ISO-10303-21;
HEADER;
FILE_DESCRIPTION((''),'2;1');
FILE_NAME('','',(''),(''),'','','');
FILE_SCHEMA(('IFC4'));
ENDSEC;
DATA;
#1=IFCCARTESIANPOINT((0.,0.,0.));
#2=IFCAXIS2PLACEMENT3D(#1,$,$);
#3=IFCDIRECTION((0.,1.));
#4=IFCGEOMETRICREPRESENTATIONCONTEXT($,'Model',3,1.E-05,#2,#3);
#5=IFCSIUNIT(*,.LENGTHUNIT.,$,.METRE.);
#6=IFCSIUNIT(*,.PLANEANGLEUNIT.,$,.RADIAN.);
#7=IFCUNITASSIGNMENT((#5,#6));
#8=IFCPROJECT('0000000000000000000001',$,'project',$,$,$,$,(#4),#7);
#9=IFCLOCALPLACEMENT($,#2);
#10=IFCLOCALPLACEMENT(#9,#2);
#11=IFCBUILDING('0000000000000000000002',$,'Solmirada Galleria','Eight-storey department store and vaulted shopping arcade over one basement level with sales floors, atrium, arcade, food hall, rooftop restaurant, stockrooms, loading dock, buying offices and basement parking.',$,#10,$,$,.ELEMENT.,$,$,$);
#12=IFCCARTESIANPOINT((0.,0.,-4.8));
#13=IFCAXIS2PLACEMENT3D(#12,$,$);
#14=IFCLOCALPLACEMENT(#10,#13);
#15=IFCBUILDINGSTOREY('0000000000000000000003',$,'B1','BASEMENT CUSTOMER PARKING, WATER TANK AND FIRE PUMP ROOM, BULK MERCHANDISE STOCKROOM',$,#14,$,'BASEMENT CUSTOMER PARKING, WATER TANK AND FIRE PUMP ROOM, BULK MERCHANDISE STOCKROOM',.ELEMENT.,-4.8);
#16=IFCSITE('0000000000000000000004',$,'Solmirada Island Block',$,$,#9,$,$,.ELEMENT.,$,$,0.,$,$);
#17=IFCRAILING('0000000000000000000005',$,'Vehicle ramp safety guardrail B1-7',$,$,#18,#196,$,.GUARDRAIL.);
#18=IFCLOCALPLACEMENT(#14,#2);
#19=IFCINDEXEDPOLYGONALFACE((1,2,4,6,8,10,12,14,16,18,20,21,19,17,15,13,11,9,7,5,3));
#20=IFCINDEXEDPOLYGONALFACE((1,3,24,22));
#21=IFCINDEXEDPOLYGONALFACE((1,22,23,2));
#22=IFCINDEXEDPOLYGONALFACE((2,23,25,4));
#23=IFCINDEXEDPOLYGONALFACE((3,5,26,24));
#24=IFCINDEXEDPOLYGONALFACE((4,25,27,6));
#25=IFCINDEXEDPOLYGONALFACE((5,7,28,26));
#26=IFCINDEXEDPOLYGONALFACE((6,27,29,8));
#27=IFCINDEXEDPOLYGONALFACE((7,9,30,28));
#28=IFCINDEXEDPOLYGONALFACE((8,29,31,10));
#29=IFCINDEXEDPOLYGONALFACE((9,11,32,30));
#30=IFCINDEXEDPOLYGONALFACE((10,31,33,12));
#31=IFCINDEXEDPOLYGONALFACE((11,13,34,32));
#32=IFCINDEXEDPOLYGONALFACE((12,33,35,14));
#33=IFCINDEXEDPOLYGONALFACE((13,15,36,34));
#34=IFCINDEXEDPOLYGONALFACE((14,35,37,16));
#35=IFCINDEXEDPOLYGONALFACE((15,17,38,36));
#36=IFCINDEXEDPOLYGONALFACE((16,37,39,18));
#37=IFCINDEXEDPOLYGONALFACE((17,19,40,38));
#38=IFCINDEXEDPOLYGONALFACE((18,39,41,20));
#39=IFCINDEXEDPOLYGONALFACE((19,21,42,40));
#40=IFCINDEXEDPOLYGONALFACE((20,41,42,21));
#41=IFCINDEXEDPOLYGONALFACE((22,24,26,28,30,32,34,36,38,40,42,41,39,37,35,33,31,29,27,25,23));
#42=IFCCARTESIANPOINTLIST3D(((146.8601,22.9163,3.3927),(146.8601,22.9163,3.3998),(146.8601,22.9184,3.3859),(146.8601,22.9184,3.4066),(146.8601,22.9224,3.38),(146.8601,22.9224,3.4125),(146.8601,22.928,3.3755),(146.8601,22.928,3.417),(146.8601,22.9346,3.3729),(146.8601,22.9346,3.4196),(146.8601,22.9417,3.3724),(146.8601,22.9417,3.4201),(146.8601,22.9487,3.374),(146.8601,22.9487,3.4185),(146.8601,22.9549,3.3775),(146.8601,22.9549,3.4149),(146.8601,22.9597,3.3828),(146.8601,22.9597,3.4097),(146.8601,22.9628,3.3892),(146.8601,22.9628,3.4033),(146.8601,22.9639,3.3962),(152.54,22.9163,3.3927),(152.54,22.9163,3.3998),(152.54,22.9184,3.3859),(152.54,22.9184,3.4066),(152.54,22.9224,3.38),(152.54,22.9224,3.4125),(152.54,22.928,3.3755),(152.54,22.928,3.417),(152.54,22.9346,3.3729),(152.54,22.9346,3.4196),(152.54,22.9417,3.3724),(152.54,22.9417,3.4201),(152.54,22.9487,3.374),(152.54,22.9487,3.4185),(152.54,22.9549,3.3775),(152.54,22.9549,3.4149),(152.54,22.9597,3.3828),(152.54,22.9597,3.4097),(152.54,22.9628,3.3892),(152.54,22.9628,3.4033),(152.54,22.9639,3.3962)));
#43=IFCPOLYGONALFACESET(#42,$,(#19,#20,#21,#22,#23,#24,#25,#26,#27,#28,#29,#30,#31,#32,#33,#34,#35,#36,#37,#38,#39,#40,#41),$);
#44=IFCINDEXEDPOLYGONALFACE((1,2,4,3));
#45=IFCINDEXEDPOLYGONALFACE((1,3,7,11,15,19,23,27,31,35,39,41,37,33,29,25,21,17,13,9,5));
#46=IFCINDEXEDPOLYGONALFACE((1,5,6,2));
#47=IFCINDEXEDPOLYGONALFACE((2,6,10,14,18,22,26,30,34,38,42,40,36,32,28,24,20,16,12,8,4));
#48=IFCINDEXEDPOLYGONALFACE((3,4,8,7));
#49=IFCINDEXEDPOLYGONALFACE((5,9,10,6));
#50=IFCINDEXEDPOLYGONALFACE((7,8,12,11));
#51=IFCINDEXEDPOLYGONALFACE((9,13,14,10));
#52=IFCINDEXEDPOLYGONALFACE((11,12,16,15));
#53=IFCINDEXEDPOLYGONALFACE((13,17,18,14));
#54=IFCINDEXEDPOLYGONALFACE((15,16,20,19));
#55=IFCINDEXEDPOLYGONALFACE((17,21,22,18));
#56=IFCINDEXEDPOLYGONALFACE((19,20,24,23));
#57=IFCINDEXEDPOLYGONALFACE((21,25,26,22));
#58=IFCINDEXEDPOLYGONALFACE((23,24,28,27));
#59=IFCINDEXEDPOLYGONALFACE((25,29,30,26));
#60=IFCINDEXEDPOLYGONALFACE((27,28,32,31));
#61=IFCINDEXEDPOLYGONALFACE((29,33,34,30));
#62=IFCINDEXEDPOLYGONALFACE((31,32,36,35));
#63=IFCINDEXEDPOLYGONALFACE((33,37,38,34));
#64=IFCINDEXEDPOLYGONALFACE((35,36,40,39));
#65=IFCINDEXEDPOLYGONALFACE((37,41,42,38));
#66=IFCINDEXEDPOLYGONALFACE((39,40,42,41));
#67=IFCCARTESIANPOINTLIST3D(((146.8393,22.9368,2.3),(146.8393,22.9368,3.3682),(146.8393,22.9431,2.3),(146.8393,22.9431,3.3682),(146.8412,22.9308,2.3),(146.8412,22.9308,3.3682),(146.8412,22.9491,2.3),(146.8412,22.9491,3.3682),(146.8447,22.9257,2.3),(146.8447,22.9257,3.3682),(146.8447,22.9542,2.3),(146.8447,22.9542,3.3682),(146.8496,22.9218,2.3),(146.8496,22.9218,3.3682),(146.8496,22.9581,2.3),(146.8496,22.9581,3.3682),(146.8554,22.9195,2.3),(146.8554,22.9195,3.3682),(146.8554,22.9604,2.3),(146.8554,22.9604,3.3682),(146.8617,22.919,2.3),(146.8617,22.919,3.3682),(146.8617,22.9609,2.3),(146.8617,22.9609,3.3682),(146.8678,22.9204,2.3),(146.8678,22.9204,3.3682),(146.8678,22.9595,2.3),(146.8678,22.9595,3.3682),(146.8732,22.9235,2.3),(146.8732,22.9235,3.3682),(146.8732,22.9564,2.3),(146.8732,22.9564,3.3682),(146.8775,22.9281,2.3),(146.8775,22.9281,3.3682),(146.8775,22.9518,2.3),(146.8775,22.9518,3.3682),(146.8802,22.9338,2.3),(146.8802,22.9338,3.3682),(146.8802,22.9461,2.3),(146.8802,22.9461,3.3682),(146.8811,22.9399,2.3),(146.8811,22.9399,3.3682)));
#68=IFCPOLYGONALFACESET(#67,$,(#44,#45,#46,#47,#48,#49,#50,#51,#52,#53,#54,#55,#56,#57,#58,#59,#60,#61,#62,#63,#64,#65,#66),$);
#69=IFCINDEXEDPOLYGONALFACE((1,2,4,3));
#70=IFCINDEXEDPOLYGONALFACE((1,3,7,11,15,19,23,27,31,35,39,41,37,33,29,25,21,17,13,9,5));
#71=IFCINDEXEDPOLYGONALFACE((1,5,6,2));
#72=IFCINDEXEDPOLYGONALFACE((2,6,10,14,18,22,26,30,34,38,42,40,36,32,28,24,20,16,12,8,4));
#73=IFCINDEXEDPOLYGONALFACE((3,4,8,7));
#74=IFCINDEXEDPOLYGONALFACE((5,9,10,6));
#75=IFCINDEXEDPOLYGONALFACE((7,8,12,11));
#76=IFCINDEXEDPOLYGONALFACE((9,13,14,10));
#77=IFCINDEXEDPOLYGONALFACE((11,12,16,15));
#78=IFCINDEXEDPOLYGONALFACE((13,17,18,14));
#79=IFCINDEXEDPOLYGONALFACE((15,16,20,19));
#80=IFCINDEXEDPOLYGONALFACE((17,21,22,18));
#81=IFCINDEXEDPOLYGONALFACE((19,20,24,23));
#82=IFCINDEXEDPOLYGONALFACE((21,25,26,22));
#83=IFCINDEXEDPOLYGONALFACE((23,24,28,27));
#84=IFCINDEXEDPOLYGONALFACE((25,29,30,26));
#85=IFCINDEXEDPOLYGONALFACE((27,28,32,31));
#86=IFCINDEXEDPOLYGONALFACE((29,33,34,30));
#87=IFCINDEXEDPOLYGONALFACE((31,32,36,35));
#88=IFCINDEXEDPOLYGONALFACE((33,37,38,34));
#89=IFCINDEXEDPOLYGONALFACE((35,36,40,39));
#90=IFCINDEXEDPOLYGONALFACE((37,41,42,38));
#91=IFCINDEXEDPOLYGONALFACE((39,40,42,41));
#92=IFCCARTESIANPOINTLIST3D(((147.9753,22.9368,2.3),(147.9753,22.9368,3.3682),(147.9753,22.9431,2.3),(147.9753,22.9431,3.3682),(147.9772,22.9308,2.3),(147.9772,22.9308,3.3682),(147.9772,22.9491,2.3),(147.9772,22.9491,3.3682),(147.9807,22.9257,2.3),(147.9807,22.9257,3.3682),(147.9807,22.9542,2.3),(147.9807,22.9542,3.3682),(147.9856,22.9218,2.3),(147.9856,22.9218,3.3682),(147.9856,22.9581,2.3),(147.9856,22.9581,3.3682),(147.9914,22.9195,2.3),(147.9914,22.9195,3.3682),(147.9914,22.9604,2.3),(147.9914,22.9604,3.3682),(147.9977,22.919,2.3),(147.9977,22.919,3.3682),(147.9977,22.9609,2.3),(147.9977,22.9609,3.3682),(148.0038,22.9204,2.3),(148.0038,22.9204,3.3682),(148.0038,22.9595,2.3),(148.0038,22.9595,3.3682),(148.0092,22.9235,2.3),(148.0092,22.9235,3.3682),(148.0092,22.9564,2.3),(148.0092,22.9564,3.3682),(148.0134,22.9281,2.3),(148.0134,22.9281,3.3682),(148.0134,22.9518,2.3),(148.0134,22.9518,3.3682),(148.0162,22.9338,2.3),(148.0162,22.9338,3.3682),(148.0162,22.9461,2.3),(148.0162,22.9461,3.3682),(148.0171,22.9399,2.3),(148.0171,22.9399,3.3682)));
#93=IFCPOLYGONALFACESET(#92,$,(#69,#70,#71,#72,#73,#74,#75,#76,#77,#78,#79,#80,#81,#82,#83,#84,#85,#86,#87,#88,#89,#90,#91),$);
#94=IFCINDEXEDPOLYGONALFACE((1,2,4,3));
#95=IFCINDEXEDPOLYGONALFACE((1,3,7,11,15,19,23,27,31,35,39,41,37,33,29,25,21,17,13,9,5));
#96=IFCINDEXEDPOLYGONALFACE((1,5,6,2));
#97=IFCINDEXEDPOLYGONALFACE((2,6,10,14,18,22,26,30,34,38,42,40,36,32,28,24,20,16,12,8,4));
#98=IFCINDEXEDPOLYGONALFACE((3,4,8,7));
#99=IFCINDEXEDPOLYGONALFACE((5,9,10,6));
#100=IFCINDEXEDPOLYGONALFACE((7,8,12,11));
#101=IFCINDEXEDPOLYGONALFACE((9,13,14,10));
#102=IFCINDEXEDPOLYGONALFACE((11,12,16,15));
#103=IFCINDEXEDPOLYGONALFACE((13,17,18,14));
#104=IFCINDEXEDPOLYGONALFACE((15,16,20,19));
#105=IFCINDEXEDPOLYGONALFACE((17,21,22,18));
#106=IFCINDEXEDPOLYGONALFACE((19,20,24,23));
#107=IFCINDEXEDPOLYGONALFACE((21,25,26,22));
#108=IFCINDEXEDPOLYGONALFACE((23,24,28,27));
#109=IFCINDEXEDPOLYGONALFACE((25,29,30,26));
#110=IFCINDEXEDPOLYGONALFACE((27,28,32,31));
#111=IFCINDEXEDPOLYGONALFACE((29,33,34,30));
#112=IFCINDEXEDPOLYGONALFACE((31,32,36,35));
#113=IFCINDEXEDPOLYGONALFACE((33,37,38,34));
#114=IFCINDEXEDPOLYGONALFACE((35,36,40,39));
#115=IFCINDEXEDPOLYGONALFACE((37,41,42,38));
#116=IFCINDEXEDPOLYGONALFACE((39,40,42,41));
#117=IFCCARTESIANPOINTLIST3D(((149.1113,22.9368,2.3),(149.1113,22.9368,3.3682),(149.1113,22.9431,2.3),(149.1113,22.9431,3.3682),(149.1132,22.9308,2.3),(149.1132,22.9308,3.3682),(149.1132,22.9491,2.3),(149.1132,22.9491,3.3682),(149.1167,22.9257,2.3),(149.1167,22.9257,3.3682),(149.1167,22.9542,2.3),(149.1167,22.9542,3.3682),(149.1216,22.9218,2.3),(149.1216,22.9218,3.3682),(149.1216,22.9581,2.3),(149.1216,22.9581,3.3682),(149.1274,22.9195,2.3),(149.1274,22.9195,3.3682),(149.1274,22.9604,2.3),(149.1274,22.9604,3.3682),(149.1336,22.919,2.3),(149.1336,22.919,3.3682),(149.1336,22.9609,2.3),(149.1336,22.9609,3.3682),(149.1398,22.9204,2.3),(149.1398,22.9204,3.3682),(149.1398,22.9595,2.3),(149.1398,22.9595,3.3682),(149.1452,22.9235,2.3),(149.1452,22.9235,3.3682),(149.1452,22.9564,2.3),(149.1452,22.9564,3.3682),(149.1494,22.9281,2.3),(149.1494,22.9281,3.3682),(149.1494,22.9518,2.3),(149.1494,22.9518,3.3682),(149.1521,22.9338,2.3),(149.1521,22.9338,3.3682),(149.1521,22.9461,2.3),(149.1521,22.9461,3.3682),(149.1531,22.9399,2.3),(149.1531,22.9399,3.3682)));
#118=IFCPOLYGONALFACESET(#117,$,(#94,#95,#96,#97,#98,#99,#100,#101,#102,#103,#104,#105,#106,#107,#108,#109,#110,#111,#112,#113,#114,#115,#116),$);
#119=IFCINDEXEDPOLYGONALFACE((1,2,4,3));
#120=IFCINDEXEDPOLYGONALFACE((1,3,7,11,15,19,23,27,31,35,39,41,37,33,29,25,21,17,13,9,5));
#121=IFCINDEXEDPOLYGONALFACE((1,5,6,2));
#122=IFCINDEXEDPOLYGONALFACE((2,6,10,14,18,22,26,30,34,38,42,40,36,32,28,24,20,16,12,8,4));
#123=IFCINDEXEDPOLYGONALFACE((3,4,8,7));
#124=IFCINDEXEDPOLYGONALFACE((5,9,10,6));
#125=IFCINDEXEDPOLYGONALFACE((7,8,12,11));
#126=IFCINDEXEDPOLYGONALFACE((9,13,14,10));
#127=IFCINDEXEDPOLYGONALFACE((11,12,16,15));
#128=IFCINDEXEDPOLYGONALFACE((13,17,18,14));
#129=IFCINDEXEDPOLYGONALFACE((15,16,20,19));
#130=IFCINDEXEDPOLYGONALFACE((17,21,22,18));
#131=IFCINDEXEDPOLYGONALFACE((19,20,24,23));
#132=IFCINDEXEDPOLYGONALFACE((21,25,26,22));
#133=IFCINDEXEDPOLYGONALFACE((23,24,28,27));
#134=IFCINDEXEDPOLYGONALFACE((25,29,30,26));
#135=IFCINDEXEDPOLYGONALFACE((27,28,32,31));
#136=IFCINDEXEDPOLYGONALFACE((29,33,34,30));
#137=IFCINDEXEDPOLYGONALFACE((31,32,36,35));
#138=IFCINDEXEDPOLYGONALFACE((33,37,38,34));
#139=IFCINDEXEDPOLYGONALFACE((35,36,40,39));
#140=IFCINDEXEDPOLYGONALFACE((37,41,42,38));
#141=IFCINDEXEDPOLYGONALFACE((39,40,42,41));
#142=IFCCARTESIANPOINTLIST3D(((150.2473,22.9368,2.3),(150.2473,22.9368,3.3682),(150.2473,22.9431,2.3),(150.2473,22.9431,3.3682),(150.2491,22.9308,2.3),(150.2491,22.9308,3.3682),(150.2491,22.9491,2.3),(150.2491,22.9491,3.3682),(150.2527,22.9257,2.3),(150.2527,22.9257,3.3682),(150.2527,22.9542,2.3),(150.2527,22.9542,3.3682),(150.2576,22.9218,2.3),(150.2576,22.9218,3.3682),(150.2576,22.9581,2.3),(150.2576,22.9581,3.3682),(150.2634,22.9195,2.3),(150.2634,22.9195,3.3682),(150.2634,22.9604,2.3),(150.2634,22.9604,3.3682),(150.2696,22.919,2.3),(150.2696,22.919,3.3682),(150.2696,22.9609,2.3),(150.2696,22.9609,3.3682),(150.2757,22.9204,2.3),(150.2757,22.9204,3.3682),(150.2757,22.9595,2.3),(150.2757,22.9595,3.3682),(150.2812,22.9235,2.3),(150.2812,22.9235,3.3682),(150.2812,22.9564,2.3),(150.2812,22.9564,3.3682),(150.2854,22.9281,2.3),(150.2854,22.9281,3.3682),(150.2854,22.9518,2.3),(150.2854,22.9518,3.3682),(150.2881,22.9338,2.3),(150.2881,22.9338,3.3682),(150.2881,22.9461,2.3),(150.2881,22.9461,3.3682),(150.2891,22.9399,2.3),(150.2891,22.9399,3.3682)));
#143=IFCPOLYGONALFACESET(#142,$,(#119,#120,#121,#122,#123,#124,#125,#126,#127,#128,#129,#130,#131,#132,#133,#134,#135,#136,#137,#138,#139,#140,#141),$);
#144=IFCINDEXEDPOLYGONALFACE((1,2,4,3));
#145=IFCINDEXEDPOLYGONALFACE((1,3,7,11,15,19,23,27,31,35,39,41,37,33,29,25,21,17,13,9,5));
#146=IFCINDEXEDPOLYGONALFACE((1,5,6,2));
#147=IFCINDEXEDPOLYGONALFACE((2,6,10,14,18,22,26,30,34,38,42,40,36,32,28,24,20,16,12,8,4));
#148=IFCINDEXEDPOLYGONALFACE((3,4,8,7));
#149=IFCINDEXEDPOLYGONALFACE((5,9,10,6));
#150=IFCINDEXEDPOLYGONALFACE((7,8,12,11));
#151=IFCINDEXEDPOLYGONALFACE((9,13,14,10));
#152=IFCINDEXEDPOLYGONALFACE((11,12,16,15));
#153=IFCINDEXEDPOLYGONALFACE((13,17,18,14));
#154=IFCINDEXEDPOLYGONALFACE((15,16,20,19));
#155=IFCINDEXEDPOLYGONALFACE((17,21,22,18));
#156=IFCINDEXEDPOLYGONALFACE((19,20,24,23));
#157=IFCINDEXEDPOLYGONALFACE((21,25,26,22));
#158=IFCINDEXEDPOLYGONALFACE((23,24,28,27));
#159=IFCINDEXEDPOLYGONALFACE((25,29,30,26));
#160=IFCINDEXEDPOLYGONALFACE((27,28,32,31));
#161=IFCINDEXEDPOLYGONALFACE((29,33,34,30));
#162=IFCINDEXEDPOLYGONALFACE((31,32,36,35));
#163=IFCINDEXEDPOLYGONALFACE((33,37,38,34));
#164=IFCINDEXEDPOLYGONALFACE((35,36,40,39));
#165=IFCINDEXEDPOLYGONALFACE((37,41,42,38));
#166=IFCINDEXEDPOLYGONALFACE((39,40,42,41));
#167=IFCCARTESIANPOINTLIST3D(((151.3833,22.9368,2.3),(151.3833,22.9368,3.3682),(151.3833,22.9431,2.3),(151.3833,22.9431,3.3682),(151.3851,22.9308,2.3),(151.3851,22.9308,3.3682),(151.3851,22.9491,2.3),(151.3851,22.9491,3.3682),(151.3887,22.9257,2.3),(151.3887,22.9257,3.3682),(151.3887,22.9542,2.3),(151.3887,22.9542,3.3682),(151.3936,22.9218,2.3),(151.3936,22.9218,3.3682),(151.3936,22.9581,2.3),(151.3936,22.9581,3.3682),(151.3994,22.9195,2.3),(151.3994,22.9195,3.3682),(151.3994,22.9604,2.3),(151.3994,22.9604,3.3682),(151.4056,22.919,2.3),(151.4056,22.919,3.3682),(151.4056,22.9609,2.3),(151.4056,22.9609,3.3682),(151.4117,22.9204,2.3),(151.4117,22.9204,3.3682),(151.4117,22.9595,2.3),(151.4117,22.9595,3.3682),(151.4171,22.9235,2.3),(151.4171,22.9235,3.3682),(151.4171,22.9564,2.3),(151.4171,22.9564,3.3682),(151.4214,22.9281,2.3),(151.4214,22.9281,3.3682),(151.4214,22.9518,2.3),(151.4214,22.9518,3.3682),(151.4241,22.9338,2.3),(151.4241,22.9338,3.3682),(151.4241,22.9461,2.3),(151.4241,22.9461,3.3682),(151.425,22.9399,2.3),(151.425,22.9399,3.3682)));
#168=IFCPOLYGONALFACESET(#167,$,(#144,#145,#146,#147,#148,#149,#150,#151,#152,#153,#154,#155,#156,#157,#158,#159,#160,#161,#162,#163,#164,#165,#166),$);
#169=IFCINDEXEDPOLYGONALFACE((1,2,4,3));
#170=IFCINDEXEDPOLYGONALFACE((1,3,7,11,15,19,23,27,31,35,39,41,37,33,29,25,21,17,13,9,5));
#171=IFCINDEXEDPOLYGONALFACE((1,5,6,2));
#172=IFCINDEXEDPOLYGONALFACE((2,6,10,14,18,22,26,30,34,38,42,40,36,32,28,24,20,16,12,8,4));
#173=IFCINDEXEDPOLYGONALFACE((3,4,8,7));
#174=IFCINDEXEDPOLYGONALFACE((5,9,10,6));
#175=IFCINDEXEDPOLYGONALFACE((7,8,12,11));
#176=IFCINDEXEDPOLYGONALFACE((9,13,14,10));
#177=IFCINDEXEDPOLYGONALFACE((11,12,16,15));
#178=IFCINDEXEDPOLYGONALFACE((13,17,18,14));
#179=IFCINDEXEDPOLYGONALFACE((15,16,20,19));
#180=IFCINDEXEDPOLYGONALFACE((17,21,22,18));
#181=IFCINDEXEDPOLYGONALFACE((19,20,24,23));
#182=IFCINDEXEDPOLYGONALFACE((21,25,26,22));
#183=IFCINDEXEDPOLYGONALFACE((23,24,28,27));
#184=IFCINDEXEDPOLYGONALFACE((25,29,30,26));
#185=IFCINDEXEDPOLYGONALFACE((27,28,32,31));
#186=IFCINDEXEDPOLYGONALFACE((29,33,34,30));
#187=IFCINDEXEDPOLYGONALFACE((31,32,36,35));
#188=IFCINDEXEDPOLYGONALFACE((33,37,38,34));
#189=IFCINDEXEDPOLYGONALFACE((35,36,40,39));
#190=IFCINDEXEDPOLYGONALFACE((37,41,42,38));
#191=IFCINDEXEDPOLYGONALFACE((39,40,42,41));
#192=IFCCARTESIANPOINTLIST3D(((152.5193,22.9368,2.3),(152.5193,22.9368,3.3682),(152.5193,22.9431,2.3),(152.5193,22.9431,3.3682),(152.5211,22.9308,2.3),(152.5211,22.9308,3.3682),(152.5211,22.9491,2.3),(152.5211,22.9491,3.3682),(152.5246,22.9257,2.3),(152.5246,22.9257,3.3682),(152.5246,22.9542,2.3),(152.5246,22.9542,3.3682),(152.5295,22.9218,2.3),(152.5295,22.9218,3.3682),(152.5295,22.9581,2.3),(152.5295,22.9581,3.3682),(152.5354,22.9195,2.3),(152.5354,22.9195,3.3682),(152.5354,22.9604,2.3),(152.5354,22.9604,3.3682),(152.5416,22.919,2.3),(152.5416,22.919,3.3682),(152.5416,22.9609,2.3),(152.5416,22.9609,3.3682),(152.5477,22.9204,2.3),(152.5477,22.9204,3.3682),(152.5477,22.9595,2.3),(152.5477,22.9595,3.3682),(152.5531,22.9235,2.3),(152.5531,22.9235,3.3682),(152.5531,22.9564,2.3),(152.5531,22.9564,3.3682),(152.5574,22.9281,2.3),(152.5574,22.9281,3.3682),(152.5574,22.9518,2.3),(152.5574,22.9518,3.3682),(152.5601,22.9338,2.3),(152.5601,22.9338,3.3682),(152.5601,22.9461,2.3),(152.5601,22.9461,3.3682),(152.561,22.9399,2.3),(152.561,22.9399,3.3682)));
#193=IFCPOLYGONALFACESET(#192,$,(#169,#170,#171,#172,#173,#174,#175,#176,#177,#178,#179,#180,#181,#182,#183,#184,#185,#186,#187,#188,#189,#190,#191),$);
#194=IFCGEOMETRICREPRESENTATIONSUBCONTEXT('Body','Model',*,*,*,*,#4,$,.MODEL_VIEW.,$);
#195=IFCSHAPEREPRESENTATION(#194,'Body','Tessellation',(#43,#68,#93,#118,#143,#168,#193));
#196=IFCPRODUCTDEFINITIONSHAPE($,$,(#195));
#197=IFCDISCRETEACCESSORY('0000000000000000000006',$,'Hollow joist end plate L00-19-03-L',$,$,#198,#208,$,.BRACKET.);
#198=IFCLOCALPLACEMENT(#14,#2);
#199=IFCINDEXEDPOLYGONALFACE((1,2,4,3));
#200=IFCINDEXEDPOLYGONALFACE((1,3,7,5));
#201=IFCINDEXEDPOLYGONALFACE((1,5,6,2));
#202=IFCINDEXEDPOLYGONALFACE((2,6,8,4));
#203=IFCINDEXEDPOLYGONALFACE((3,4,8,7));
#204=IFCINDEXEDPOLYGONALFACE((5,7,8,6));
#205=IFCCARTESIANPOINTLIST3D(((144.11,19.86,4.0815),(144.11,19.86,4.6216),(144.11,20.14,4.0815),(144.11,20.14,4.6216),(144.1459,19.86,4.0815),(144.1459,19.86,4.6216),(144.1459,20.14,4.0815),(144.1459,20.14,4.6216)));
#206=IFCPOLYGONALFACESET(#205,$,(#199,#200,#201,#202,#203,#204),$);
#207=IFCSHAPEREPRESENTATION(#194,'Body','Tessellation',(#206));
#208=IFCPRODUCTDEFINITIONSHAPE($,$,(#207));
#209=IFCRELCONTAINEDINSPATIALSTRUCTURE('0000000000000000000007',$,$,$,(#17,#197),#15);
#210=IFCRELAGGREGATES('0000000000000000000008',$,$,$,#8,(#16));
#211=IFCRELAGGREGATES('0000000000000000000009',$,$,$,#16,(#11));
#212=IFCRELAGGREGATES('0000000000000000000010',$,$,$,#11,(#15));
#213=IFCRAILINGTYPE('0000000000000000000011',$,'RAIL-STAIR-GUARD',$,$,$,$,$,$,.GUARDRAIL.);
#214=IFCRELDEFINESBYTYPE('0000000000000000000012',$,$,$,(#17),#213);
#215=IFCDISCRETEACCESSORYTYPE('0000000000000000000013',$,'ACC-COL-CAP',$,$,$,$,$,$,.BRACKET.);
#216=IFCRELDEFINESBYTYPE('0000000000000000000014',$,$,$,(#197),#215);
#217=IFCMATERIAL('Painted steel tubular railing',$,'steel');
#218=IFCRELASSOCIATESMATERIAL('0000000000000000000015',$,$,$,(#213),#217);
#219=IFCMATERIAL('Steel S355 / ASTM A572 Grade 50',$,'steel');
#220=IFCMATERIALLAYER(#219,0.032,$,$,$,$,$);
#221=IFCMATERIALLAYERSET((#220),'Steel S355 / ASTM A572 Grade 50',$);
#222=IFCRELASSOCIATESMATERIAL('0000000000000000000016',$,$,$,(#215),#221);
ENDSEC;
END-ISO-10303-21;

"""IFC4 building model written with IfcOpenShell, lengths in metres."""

from ifc_helpers import new_model, si_unit, direction, frame, origin, origin_2d, place, context, subcontext, project, spatial, rectangle, circle, extrude, material, layer, layer_set, type_object, element, save


model = new_model("IFC4")

# Units and contexts
model_context = context("Model", 3, precision=1e-05, world=origin(), true_north=direction((0.0, 1.0)))
body_context = subcontext(model_context, "Body", "Model", "MODEL_VIEW")
ifc_project = project(units=[si_unit("LENGTHUNIT", "METRE"), si_unit("PLANEANGLEUNIT", "RADIAN")], contexts=[model_context])

# Site, building, storey
site_placement = place(None, origin())
site = spatial("IfcSite", under=ifc_project, at=site_placement, Name="Solmirada Island Block", CompositionType="ELEMENT", RefElevation=0.0)
building_placement = place(site_placement, origin())
building = spatial("IfcBuilding", under=site, at=building_placement, Name="Solmirada Galleria", Description="Eight-storey department store and vaulted shopping arcade over one basement level with sales floors, atrium, arcade, food hall, rooftop restaurant, stockrooms, loading dock, buying offices and basement parking.", CompositionType="ELEMENT")
storey_placement = place(building_placement, frame((0.0, 0.0, -4.8)))
storey = spatial("IfcBuildingStorey", under=building, at=storey_placement, Name="B1", Description="BASEMENT CUSTOMER PARKING, WATER TANK AND FIRE PUMP ROOM, BULK MERCHANDISE STOCKROOM", LongName="BASEMENT CUSTOMER PARKING, WATER TANK AND FIRE PUMP ROOM, BULK MERCHANDISE STOCKROOM", CompositionType="ELEMENT", Elevation=-4.8)

# Railing
ifc_material_1 = material(Name="Painted steel tubular railing", Category="steel")
railing_type = type_object("IfcRailingType", Name="RAIL-STAIR-GUARD", PredefinedType="GUARDRAIL", material=ifc_material_1)
railing_1_placement = place(storey_placement, frame((146.8601, 22.9399, 2.3)))
element("IfcRailing", 1, at=railing_1_placement, inside=storey, type_object=railing_type, Name="Vehicle ramp safety guardrail B1-7", PredefinedType="GUARDRAIL", context=body_context, shape_type="SweptSolid", body=[
    extrude(circle(Radius=0.0239, at=origin_2d()), frame((0.0, 0.0, 1.0962), z_axis=(1.0, 0.0, 0.0), x_axis=(0.0, 1.0, 0.0)), (0.0, 0.0, 1.0), 5.6799),
    extrude(circle(Radius=0.021, at=origin_2d()), origin(), (0.0, 0.0, 1.0), 1.0681),
    extrude(circle(Radius=0.021, at=origin_2d()), frame((1.136, 0.0, 0.0)), (0.0, 0.0, 1.0), 1.0681),
    extrude(circle(Radius=0.021, at=origin_2d()), frame((2.272, 0.0, 0.0)), (0.0, 0.0, 1.0), 1.0681),
    extrude(circle(Radius=0.021, at=origin_2d()), frame((3.408, 0.0, 0.0)), (0.0, 0.0, 1.0), 1.0681),
    extrude(circle(Radius=0.021, at=origin_2d()), frame((4.5439, 0.0, 0.0)), (0.0, 0.0, 1.0), 1.0681),
    extrude(circle(Radius=0.021, at=origin_2d()), frame((5.6799, 0.0, 0.0)), (0.0, 0.0, 1.0), 1.0681),
])

# Discrete accessory
ifc_material_2 = material(Name="Steel S355 / ASTM A572 Grade 50", Category="steel")
ifc_layer_1 = layer(ifc_material_2, 0.032)
ifc_layer_set_1 = layer_set([ifc_layer_1], Name="Steel S355 / ASTM A572 Grade 50")
discrete_accessory_type = type_object("IfcDiscreteAccessoryType", Name="ACC-COL-CAP", PredefinedType="BRACKET", material=ifc_layer_set_1)
for number, where, z_axis, x_axis, name in (
    (2, (144.1279, 20.0, 4.0815), (0.0, 0.0, 1.0), (1.0, 0.0, 0.0), "Hollow joist end plate L00-19-03-L"),
):
    element("IfcDiscreteAccessory", number, at=place(storey_placement, frame(where, z_axis=z_axis, x_axis=x_axis)), inside=storey, type_object=discrete_accessory_type, Name=name, PredefinedType="BRACKET", context=body_context, shape_type="SweptSolid", body=[
        extrude(rectangle(XDim=0.0359, YDim=0.28, at=origin_2d()), origin(), (0.0, 0.0, 1.0), 0.54),
    ])

save(model, "model.ifc")
